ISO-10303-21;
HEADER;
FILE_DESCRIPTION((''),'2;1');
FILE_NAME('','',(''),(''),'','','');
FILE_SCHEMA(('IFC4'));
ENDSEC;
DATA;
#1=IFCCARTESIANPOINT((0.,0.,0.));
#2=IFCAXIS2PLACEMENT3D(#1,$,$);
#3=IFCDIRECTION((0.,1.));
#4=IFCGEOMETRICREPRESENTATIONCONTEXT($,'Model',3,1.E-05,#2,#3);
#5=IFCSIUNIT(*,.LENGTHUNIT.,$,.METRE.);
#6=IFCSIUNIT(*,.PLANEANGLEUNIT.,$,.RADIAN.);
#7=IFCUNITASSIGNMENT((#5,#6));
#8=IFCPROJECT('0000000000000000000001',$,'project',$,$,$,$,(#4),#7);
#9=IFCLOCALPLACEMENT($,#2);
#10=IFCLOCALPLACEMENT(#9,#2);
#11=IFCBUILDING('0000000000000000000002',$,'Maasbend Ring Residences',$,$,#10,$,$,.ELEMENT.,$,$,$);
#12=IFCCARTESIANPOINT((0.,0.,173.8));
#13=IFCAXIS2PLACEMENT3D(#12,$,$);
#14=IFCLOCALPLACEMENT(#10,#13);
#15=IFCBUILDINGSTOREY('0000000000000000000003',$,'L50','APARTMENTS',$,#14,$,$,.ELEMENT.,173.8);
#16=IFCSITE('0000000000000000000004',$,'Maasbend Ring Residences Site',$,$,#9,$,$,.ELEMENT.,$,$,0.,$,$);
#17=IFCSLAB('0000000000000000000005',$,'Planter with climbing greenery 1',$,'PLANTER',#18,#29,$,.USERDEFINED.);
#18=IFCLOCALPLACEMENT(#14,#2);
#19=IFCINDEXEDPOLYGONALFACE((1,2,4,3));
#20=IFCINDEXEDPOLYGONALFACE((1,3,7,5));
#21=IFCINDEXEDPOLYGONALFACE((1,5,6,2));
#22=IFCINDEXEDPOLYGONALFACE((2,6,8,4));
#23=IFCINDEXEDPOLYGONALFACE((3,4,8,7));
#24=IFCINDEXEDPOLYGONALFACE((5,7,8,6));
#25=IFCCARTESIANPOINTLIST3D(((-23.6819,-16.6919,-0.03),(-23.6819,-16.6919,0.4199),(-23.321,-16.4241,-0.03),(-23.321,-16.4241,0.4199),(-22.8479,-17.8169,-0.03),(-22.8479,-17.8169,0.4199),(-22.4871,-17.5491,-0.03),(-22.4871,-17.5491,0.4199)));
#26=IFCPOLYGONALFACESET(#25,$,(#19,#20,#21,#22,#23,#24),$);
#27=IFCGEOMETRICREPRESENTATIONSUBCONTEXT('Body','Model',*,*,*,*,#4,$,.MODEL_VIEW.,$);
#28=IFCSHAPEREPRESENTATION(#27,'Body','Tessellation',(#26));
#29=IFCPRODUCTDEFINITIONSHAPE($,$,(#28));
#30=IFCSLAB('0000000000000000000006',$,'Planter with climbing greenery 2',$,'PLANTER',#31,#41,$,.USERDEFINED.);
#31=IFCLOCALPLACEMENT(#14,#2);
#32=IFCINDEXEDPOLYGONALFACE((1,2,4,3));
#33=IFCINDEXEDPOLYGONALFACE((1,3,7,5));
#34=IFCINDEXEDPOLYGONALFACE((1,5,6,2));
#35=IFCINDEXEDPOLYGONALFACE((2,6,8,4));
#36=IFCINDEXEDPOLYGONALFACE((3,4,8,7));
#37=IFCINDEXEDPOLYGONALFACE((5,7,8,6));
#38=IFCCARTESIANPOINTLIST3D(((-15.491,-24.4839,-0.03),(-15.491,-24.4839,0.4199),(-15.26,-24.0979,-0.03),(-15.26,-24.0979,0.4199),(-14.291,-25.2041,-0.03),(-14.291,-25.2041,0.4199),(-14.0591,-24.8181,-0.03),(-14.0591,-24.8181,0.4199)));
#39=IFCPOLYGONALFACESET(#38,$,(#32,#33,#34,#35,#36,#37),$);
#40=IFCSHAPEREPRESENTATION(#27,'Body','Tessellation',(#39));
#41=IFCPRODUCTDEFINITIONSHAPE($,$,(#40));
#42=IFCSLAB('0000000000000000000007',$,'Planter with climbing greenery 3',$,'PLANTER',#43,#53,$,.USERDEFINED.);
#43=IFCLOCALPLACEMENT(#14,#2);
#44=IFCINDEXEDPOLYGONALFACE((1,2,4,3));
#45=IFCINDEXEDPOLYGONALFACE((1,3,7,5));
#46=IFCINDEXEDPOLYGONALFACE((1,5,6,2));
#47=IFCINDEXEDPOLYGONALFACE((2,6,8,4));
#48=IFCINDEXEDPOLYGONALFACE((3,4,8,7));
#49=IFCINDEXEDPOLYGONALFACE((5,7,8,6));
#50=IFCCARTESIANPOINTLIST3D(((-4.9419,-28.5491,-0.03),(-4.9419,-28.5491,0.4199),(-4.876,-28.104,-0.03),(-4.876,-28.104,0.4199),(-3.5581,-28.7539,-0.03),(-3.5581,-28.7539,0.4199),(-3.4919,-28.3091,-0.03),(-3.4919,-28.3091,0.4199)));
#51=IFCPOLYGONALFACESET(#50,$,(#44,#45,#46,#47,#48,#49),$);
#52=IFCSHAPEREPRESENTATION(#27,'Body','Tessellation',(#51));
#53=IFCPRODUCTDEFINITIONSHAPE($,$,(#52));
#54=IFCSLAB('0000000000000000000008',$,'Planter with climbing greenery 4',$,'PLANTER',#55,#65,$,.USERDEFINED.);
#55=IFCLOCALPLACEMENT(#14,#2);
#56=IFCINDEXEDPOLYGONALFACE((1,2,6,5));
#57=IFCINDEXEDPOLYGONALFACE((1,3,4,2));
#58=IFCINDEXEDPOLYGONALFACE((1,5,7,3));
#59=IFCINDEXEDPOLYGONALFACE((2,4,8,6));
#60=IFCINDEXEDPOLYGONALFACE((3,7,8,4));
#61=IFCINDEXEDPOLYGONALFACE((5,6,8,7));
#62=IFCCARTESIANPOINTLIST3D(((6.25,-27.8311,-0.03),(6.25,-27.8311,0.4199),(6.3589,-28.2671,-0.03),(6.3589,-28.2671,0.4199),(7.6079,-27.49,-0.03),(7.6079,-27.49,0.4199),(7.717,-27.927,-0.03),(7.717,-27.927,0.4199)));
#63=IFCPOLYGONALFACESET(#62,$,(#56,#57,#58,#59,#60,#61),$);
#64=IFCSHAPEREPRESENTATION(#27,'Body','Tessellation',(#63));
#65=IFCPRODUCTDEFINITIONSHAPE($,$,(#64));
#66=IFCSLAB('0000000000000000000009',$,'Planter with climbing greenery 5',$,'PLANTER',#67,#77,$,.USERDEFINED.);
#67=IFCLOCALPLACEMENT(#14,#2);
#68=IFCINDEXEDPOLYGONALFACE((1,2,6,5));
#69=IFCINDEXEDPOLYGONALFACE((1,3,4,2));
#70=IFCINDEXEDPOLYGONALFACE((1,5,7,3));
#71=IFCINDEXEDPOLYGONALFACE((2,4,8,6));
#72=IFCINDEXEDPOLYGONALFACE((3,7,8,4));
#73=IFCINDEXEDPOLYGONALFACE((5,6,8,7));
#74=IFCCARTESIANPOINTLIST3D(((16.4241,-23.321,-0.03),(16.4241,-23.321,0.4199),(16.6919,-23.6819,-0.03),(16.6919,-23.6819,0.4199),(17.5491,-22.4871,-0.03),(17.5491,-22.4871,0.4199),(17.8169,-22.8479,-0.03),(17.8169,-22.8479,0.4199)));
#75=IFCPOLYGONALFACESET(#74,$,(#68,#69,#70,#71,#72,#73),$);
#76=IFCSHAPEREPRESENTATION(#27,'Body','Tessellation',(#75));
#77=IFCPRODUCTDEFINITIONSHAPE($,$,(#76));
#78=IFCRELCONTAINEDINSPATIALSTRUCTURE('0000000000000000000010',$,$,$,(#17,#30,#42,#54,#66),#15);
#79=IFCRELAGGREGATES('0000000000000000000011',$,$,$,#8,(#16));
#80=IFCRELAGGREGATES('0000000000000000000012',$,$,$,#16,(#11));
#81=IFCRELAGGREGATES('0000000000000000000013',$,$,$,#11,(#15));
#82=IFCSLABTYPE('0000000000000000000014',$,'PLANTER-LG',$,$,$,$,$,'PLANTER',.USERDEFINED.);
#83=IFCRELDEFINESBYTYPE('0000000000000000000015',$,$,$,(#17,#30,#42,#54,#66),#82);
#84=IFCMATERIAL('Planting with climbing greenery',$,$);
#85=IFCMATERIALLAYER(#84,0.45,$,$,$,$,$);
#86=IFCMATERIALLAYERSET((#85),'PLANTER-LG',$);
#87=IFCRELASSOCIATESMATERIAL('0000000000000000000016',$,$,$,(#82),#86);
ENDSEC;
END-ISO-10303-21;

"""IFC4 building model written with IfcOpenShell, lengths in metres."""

from ifc_helpers import new_model, si_unit, direction, frame, origin, place, context, subcontext, project, spatial, polyline, outline, extrude, material, layer, layer_set, type_object, element, save


model = new_model("IFC4")

# Units and contexts
model_context = context("Model", 3, precision=1e-05, world=origin(), true_north=direction((0.0, 1.0)))
body_context = subcontext(model_context, "Body", "Model", "MODEL_VIEW")
ifc_project = project(units=[si_unit("LENGTHUNIT", "METRE"), si_unit("PLANEANGLEUNIT", "RADIAN")], contexts=[model_context])

# Site, building, storey
site_placement = place(None, origin())
site = spatial("IfcSite", under=ifc_project, at=site_placement, Name="Maasbend Ring Residences Site", CompositionType="ELEMENT", RefElevation=0.0)
building_placement = place(site_placement, origin())
building = spatial("IfcBuilding", under=site, at=building_placement, Name="Maasbend Ring Residences", CompositionType="ELEMENT")
storey_placement = place(building_placement, frame((0.0, 0.0, 173.8)))
storey = spatial("IfcBuildingStorey", under=building, at=storey_placement, Name="L50", Description="APARTMENTS", CompositionType="ELEMENT", Elevation=173.8)

# Slabs
ifc_material_1 = material(Name="Planting with climbing greenery")
ifc_layer_1 = layer(ifc_material_1, 0.45)
ifc_layer_set_1 = layer_set([ifc_layer_1], Name="PLANTER-LG")
slab_type_1 = type_object("IfcSlabType", Name="PLANTER-LG", ElementType="PLANTER", PredefinedType="USERDEFINED", material=ifc_layer_set_1)
slab_1_placement = place(storey_placement, frame((0.0, 0.0, -0.03)))
element("IfcSlab", 1, at=slab_1_placement, inside=storey, type_object=slab_type_1, Name="Planter with climbing greenery 1", ObjectType="PLANTER", PredefinedType="USERDEFINED", context=body_context, shape_type="SweptSolid", body=[
    extrude(outline(polyline([(-23.6819, -16.6919), (-22.8479, -17.8169), (-22.4871, -17.5491), (-23.321, -16.4241), (-23.6819, -16.6919)])), origin(), (0.0, 0.0, 1.0), 0.45),
])
slab_2_placement = place(storey_placement, frame((0.0, 0.0, -0.03)))
element("IfcSlab", 2, at=slab_2_placement, inside=storey, type_object=slab_type_1, Name="Planter with climbing greenery 2", ObjectType="PLANTER", PredefinedType="USERDEFINED", context=body_context, shape_type="SweptSolid", body=[
    extrude(outline(polyline([(-15.491, -24.4839), (-14.291, -25.2041), (-14.0591, -24.8181), (-15.26, -24.0979), (-15.491, -24.4839)])), origin(), (0.0, 0.0, 1.0), 0.45),
])
slab_3_placement = place(storey_placement, frame((0.0, 0.0, -0.03)))
element("IfcSlab", 3, at=slab_3_placement, inside=storey, type_object=slab_type_1, Name="Planter with climbing greenery 3", ObjectType="PLANTER", PredefinedType="USERDEFINED", context=body_context, shape_type="SweptSolid", body=[
    extrude(outline(polyline([(-4.9419, -28.5491), (-3.5581, -28.7539), (-3.4919, -28.3091), (-4.876, -28.104), (-4.9419, -28.5491)])), origin(), (0.0, 0.0, 1.0), 0.45),
])
slab_4_placement = place(storey_placement, frame((0.0, 0.0, -0.03)))
element("IfcSlab", 4, at=slab_4_placement, inside=storey, type_object=slab_type_1, Name="Planter with climbing greenery 4", ObjectType="PLANTER", PredefinedType="USERDEFINED", context=body_context, shape_type="SweptSolid", body=[
    extrude(outline(polyline([(6.3589, -28.2671), (7.717, -27.927), (7.6079, -27.49), (6.25, -27.8311), (6.3589, -28.2671)])), origin(), (0.0, 0.0, 1.0), 0.45),
])
slab_5_placement = place(storey_placement, frame((0.0, 0.0, -0.03)))
element("IfcSlab", 5, at=slab_5_placement, inside=storey, type_object=slab_type_1, Name="Planter with climbing greenery 5", ObjectType="PLANTER", PredefinedType="USERDEFINED", context=body_context, shape_type="SweptSolid", body=[
    extrude(outline(polyline([(16.6919, -23.6819), (17.8169, -22.8479), (17.5491, -22.4871), (16.4241, -23.321), (16.6919, -23.6819)])), origin(), (0.0, 0.0, 1.0), 0.45),
])

save(model, "model.ifc")
